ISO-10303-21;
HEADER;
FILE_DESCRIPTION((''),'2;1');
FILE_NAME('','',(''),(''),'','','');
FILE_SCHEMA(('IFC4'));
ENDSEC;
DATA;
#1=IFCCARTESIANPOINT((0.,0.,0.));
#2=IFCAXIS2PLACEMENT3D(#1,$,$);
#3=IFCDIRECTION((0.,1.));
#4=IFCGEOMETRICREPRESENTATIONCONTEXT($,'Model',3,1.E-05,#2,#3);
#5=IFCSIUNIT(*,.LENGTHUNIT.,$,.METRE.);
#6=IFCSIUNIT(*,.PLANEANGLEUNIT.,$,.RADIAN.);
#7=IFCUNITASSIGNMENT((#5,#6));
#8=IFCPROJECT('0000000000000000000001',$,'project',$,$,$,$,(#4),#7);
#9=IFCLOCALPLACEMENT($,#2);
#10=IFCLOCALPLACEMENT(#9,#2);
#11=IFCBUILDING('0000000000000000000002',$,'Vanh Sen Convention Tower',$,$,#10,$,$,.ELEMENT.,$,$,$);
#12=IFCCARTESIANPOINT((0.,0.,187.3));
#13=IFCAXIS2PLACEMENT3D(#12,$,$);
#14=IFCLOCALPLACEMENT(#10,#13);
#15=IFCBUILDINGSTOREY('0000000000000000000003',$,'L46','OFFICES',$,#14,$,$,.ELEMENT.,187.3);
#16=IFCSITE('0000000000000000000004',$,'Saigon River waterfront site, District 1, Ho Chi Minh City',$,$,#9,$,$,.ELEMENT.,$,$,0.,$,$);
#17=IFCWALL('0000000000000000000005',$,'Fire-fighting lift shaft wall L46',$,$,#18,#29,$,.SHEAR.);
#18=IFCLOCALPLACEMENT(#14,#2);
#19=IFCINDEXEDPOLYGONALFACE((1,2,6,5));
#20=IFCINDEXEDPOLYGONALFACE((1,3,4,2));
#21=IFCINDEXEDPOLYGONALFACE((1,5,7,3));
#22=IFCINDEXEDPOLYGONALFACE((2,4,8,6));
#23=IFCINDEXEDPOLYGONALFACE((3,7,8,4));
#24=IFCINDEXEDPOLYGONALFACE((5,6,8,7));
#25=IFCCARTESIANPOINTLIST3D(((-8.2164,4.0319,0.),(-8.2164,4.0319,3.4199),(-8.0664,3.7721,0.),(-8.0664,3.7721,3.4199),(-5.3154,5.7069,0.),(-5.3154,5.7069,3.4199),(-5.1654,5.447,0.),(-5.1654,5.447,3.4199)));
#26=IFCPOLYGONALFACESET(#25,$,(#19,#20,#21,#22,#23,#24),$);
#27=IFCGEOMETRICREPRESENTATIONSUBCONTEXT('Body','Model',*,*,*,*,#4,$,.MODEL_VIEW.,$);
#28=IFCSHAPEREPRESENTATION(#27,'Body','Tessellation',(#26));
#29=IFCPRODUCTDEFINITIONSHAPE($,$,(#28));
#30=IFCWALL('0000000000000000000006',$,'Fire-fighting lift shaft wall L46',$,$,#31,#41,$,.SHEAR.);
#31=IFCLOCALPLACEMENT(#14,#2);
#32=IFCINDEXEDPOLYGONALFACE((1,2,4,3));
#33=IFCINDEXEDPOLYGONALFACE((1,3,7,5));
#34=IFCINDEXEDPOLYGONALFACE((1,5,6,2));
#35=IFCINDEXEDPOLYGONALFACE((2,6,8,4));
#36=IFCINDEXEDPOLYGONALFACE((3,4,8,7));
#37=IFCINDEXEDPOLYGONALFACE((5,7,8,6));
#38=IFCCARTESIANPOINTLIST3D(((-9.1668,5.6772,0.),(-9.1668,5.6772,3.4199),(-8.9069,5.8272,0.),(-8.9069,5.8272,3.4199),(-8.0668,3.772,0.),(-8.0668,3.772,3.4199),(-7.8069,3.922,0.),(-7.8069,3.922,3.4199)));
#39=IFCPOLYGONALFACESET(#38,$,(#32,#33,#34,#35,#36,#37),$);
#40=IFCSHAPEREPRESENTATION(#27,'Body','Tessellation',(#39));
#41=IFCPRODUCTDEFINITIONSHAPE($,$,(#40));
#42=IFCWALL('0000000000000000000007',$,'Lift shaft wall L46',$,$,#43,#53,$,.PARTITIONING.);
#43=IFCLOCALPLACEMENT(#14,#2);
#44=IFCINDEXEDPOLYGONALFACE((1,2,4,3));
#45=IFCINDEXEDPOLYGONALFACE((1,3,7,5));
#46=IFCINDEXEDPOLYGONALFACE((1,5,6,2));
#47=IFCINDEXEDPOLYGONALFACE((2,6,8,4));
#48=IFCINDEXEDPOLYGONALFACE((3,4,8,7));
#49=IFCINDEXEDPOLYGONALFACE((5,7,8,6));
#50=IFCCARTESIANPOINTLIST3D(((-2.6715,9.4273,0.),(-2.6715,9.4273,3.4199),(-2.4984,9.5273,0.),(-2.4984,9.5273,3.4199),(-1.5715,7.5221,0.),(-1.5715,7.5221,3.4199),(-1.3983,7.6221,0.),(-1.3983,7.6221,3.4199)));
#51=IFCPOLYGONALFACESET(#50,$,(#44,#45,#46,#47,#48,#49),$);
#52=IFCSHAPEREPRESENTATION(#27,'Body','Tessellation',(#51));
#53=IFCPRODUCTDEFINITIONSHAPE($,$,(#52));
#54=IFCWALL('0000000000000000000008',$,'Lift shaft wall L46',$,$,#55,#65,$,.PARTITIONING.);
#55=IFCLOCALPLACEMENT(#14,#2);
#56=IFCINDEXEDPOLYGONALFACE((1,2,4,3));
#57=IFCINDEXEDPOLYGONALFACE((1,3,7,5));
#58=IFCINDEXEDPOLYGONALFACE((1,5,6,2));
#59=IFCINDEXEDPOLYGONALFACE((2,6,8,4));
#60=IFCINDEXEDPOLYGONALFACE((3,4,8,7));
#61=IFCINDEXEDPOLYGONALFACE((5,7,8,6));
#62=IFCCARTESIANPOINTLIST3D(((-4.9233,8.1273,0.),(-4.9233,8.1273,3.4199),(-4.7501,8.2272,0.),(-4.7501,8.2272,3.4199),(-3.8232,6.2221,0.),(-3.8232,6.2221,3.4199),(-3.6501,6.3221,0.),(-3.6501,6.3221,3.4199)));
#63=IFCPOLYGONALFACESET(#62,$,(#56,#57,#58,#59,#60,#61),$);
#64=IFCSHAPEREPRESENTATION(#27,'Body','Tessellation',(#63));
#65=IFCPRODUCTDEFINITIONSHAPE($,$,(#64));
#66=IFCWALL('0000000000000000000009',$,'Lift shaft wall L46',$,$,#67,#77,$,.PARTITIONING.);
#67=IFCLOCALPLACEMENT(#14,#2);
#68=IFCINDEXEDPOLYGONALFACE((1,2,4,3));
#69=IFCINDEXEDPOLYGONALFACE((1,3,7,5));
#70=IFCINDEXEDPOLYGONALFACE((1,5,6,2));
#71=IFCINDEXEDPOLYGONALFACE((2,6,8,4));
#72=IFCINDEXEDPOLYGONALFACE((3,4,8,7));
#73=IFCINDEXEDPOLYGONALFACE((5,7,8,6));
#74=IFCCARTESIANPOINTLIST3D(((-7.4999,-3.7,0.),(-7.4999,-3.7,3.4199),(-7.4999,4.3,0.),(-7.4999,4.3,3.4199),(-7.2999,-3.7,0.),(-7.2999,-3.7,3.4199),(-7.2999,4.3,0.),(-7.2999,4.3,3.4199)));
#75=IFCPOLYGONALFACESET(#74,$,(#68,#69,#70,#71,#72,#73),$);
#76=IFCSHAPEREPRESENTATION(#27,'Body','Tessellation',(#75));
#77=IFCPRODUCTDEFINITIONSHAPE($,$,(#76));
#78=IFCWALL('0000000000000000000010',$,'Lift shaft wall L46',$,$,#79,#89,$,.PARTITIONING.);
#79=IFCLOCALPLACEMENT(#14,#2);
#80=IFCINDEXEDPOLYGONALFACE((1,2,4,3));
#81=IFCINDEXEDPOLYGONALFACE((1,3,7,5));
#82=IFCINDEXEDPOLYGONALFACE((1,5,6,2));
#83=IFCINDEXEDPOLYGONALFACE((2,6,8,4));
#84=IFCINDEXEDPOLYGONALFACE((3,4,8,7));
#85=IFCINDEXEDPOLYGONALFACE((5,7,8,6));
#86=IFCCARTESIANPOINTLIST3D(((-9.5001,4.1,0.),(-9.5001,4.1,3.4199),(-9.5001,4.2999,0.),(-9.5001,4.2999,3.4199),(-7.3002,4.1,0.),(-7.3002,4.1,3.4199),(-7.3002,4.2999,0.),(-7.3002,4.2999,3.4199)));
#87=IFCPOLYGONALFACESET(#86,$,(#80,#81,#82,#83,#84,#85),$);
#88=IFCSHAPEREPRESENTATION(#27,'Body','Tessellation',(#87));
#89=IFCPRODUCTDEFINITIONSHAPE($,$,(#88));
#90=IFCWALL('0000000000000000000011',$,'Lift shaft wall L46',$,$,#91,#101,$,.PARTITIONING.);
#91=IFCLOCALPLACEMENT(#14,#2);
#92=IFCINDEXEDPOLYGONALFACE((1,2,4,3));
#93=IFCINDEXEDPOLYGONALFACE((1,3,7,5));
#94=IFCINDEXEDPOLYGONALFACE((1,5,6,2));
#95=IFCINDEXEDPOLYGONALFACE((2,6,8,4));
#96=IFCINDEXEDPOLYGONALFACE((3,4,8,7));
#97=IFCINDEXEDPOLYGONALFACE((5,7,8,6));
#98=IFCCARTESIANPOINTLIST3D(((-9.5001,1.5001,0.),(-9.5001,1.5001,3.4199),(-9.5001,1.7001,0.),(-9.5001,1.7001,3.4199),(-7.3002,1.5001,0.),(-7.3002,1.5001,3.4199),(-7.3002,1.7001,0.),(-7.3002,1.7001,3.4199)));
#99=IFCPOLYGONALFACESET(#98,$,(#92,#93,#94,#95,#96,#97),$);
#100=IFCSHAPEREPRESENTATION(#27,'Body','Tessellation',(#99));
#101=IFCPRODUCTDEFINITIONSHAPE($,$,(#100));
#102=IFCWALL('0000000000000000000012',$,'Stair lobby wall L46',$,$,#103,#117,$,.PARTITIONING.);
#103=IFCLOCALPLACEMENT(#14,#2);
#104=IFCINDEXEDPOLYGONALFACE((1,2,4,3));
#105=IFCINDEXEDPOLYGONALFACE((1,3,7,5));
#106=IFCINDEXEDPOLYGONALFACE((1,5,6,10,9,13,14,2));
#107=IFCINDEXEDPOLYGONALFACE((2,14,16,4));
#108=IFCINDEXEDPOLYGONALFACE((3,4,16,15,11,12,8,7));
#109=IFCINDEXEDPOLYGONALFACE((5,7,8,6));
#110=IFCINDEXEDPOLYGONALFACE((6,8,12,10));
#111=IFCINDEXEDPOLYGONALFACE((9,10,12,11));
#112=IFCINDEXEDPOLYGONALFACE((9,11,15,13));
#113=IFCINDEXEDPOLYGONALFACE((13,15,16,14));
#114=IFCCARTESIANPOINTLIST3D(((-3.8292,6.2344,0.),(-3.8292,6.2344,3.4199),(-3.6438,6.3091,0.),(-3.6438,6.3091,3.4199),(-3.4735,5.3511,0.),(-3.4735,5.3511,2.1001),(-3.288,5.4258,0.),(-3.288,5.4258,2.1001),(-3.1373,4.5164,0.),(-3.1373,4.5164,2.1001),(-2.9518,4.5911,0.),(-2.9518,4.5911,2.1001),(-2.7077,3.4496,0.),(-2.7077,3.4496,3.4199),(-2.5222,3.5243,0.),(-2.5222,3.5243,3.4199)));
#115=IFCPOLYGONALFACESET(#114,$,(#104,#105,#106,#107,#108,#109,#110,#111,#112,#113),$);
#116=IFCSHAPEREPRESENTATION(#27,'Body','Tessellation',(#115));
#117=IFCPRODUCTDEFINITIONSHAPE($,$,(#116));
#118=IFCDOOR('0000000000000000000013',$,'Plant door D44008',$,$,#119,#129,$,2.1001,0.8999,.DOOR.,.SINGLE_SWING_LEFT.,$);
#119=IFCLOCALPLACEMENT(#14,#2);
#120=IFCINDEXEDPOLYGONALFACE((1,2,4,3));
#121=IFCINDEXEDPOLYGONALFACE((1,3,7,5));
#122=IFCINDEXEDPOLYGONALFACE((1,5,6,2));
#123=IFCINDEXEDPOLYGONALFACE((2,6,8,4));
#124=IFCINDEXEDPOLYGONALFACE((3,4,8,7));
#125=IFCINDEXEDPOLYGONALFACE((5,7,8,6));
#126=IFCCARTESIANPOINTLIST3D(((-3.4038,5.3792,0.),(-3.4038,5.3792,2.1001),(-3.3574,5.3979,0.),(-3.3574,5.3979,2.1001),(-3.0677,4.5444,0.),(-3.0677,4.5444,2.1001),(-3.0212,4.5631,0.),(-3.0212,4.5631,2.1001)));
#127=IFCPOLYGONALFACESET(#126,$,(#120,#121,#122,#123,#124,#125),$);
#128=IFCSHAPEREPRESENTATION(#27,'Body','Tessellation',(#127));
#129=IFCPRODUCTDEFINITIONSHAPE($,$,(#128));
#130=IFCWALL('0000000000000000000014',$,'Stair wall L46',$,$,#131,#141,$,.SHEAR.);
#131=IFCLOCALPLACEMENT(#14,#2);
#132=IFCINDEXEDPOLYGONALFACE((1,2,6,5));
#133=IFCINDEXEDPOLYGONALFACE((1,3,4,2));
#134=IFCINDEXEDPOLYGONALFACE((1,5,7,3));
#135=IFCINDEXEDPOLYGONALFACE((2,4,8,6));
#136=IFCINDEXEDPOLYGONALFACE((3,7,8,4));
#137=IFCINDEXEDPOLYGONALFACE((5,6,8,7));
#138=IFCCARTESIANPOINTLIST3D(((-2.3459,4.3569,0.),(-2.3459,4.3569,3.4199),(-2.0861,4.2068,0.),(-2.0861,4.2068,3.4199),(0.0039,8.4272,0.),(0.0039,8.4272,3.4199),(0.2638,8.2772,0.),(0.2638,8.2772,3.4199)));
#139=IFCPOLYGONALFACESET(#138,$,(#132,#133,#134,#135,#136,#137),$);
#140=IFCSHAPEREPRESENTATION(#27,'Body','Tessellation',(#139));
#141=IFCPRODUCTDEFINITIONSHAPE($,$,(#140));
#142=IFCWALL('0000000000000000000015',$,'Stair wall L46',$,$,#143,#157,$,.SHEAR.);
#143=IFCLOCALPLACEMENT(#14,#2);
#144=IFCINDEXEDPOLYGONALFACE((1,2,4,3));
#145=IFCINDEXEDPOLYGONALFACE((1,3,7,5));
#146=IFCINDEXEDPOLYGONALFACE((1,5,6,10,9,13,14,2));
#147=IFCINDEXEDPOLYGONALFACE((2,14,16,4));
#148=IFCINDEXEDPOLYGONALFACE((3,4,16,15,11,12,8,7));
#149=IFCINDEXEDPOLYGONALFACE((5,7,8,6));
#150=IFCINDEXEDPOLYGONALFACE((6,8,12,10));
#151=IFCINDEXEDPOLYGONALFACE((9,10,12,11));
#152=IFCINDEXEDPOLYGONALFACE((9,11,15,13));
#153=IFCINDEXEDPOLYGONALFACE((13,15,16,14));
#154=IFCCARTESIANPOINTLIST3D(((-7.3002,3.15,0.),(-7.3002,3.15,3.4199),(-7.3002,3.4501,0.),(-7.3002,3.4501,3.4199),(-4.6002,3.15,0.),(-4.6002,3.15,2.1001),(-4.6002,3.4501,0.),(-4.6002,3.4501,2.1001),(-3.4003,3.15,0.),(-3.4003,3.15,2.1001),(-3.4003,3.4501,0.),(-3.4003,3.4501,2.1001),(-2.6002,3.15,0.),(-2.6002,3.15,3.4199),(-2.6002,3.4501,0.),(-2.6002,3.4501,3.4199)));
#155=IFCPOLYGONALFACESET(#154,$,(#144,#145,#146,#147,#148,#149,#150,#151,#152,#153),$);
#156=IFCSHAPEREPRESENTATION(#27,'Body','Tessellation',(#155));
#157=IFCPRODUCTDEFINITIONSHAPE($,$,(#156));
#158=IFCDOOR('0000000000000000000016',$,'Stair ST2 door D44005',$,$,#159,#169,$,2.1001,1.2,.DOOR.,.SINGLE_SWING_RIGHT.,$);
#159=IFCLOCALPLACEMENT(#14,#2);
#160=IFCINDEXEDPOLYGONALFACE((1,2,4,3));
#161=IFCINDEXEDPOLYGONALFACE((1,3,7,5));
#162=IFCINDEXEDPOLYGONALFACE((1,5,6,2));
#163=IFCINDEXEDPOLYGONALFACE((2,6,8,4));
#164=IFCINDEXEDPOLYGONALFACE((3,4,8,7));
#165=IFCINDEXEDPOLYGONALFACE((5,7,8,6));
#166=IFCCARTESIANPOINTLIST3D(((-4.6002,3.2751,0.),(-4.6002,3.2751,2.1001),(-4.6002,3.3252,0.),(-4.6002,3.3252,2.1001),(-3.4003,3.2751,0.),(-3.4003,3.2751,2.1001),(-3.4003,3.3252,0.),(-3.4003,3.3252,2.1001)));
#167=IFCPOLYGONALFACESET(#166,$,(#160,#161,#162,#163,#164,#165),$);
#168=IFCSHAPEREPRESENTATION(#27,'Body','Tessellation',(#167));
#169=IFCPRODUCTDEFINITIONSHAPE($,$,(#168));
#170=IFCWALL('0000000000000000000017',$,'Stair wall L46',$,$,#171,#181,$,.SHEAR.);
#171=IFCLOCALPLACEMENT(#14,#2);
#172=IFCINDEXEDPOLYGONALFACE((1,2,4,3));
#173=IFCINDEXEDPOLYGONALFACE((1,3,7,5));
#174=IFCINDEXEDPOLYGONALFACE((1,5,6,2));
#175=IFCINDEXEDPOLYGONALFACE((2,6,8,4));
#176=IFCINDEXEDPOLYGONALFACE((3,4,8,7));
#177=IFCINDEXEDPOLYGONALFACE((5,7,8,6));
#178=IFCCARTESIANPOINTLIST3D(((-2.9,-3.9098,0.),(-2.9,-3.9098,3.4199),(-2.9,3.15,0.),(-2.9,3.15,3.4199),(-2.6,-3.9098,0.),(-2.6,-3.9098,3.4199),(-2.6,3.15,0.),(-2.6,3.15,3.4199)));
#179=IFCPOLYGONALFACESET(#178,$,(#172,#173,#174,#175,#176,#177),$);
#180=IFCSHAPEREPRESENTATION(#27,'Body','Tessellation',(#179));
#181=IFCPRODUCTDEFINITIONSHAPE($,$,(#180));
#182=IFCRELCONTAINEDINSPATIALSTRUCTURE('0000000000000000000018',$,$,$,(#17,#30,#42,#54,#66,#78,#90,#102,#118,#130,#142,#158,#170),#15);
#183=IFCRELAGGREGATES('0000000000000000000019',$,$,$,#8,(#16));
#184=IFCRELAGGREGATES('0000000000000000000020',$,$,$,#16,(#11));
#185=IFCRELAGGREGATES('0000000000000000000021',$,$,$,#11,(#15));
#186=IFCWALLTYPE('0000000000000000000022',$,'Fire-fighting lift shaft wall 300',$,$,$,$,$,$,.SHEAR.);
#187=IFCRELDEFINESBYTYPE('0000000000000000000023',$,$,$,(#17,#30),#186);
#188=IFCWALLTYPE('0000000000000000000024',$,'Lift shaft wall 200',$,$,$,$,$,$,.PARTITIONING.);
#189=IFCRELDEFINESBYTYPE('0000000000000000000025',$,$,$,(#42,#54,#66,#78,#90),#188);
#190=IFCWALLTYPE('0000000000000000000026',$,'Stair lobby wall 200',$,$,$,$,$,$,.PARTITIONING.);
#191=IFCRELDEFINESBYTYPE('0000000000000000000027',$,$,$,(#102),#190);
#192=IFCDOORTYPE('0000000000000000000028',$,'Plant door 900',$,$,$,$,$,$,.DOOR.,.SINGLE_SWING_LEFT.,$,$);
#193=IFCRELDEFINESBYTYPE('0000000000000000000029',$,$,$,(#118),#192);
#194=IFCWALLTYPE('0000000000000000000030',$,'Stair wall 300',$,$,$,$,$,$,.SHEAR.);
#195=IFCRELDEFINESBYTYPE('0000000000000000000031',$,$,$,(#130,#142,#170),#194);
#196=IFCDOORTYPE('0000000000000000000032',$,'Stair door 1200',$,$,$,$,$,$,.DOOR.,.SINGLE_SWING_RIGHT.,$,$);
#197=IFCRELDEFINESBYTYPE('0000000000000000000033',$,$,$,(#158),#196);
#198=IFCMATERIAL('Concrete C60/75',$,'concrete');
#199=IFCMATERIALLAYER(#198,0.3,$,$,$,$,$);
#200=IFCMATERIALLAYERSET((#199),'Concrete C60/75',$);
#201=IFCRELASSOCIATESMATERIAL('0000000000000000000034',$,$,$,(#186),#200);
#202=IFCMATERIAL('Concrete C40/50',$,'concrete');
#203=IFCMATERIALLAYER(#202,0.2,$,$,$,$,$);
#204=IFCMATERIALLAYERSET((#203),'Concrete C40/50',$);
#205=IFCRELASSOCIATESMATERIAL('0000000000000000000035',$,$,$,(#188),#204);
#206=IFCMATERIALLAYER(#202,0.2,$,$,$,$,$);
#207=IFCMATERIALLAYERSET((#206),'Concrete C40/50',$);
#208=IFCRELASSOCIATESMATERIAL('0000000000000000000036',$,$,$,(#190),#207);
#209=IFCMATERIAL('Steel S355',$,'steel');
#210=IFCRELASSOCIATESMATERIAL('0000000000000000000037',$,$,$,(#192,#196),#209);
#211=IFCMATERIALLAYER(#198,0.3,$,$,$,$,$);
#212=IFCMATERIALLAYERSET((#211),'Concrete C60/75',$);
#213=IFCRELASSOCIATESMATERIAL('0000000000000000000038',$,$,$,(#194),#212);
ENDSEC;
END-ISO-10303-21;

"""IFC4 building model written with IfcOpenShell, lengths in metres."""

from ifc_helpers import new_model, si_unit, direction, frame, frame_2d, origin, place, context, subcontext, project, spatial, rectangle, extrude, material, layer, layer_set, type_object, element, fill, save


model = new_model("IFC4")

# Units and contexts
model_context = context("Model", 3, precision=1e-05, world=origin(), true_north=direction((0.0, 1.0)))
body_context = subcontext(model_context, "Body", "Model", "MODEL_VIEW")
ifc_project = project(units=[si_unit("LENGTHUNIT", "METRE"), si_unit("PLANEANGLEUNIT", "RADIAN")], contexts=[model_context])

# Site, building, storey
site_placement = place(None, origin())
site = spatial("IfcSite", under=ifc_project, at=site_placement, Name="Saigon River waterfront site, District 1, Ho Chi Minh City", CompositionType="ELEMENT", RefElevation=0.0)
building_placement = place(site_placement, origin())
building = spatial("IfcBuilding", under=site, at=building_placement, Name="Vanh Sen Convention Tower", CompositionType="ELEMENT")
storey_placement = place(building_placement, frame((0.0, 0.0, 187.3)))
storey = spatial("IfcBuildingStorey", under=building, at=storey_placement, Name="L46", Description="OFFICES", CompositionType="ELEMENT", Elevation=187.3)

# Shared definitions
ifc_material_1 = material(Name="Concrete C60/75", Category="concrete")
ifc_layer_1 = layer(ifc_material_1, 0.3)
ifc_layer_set_1 = layer_set([ifc_layer_1], Name="Concrete C60/75")
wall_type_1 = type_object("IfcWallType", Name="Fire-fighting lift shaft wall 300", PredefinedType="SHEAR", material=ifc_layer_set_1)

# Walls
wall_1_placement = place(storey_placement, frame((-5.2405, 5.5769, 0.0), z_axis=(0.0, 0.0, 1.0), x_axis=(-0.866014, -0.500019, 0.0)))
element("IfcWall", 1, at=wall_1_placement, inside=storey, type_object=wall_type_1, Name="Fire-fighting lift shaft wall L46", PredefinedType="SHEAR", context=body_context, shape_type="SweptSolid", body=[
    extrude(rectangle(XDim=3.3499, YDim=0.3, at=frame_2d((1.6748, 0.0))), origin(), (0.0, 0.0, 1.0), 3.4199),
])
wall_2_placement = place(storey_placement, frame((-7.9368, 3.8469, 0.0), z_axis=(0.0, 0.0, 1.0), x_axis=(-0.50003, 0.866008, 0.0)))
element("IfcWall", 2, at=wall_2_placement, inside=storey, type_object=wall_type_1, Name="Fire-fighting lift shaft wall L46", PredefinedType="SHEAR", context=body_context, shape_type="SweptSolid", body=[
    extrude(rectangle(XDim=2.2, YDim=0.3, at=frame_2d((1.1001, 0.0))), origin(), (0.0, 0.0, 1.0), 3.4199),
])
ifc_material_2 = material(Name="Concrete C40/50", Category="concrete")
ifc_layer_2 = layer(ifc_material_2, 0.2)
ifc_layer_set_2 = layer_set([ifc_layer_2], Name="Concrete C40/50")
wall_type_2 = type_object("IfcWallType", Name="Lift shaft wall 200", PredefinedType="PARTITIONING", material=ifc_layer_set_2)
for number, where, z_axis, x_axis, name in (
    (3, (-1.4849, 7.572, 0.0), (0.0, 0.0, 1.0), (-0.50003, 0.866008, 0.0), "Lift shaft wall L46"),
    (4, (-3.7366, 6.272, 0.0), (0.0, 0.0, 1.0), (-0.50003, 0.866008, 0.0), "Lift shaft wall L46"),
):
    element("IfcWall", number, at=place(storey_placement, frame(where, z_axis=z_axis, x_axis=x_axis)), inside=storey, type_object=wall_type_2, Name=name, PredefinedType="PARTITIONING", context=body_context, shape_type="SweptSolid", body=[
        extrude(rectangle(XDim=2.2, YDim=0.2, at=frame_2d((1.1001, 0.0))), origin(), (0.0, 0.0, 1.0), 3.4199),
    ])
wall_3_placement = place(storey_placement, frame((-7.3999, 4.3, 0.0), z_axis=(0.0, 0.0, 1.0), x_axis=(0.0, -1.0, 0.0)))
element("IfcWall", 5, at=wall_3_placement, inside=storey, type_object=wall_type_2, Name="Lift shaft wall L46", PredefinedType="PARTITIONING", context=body_context, shape_type="SweptSolid", body=[
    extrude(rectangle(XDim=8.0, YDim=0.2, at=frame_2d((4.0, 0.0))), origin(), (0.0, 0.0, 1.0), 3.4199),
])
for number, where, z_axis, x_axis, name in (
    (6, (-7.3, 4.2, 0.0), (0.0, 0.0, 1.0), (-1.0, 0.0, 0.0), "Lift shaft wall L46"),
    (7, (-7.3, 1.6001, 0.0), (0.0, 0.0, 1.0), (-1.0, 0.0, 0.0), "Lift shaft wall L46"),
):
    element("IfcWall", number, at=place(storey_placement, frame(where, z_axis=z_axis, x_axis=x_axis)), inside=storey, type_object=wall_type_2, Name=name, PredefinedType="PARTITIONING", context=body_context, shape_type="SweptSolid", body=[
        extrude(rectangle(XDim=2.2, YDim=0.2, at=frame_2d((1.1001, 0.0))), origin(), (0.0, 0.0, 1.0), 3.4199),
    ])

# Wall, opening, door
ifc_layer_3 = layer(ifc_material_2, 0.2)
ifc_layer_set_3 = layer_set([ifc_layer_3], Name="Concrete C40/50")
wall_type_3 = type_object("IfcWallType", Name="Stair lobby wall 200", PredefinedType="PARTITIONING", material=ifc_layer_set_3)
wall_4_placement = place(storey_placement, frame((-2.615, 3.4871, 0.0), z_axis=(0.0, 0.0, 1.0), x_axis=(-0.373577, 0.927599, 0.0)))
wall_4 = element("IfcWall", 8, at=wall_4_placement, inside=storey, type_object=wall_type_3, Name="Stair lobby wall L46", PredefinedType="PARTITIONING", context=body_context, shape_type="SweptSolid", body=[
    extrude(rectangle(XDim=3.0022, YDim=0.2, at=frame_2d((1.501, 0.0))), origin(), (0.0, 0.0, 1.0), 3.4199),
])
opening_1_placement = place(wall_4_placement, frame((1.1499, 0.0, 0.0)))
opening_1 = element("IfcOpeningElement", 9, at=opening_1_placement, cuts=wall_4, PredefinedType="OPENING", context=body_context, shape_type="SweptSolid", body=[
    extrude(rectangle(XDim=0.8999, YDim=2.1001, at=frame_2d((0.45, 1.05))), frame((0.0, 0.1099, 0.0), z_axis=(0.0, -1.0, 0.0), x_axis=(1.0, 0.0, 0.0)), (0.0, 0.0, 1.0), 0.22),
])
ifc_material_3 = material(Name="Steel S355", Category="steel")
door_type_1 = type_object("IfcDoorType", Name="Plant door 900", OperationType="SINGLE_SWING_LEFT", PredefinedType="DOOR", material=ifc_material_3)
door_1_placement = place(opening_1_placement, origin())
door_1 = element("IfcDoor", 10, at=door_1_placement, inside=storey, type_object=door_type_1, Name="Plant door D44008", OperationType="SINGLE_SWING_LEFT", OverallHeight=2.1001, OverallWidth=0.8999, PredefinedType="DOOR", context=body_context, shape_type="SweptSolid", body=[
    extrude(rectangle(XDim=0.8999, YDim=2.1001, at=frame_2d((0.45, 1.05))), frame((0.0, 0.0249, 0.0), z_axis=(0.0, -1.0, 0.0), x_axis=(1.0, 0.0, 0.0)), (0.0, 0.0, 1.0), 0.05),
])
fill(opening_1, door_1)

# Wall
ifc_layer_4 = layer(ifc_material_1, 0.3)
ifc_layer_set_4 = layer_set([ifc_layer_4], Name="Concrete C60/75")
wall_type_4 = type_object("IfcWallType", Name="Stair wall 300", PredefinedType="SHEAR", material=ifc_layer_set_4)
wall_5_placement = place(storey_placement, frame((-2.2161, 4.2817, 0.0), z_axis=(0.0, 0.0, 1.0), x_axis=(0.499977, 0.866039, 0.0)))
element("IfcWall", 11, at=wall_5_placement, inside=storey, type_object=wall_type_4, Name="Stair wall L46", PredefinedType="SHEAR", context=body_context, shape_type="SweptSolid", body=[
    extrude(rectangle(XDim=4.7, YDim=0.3, at=frame_2d((2.3501, 0.0))), origin(), (0.0, 0.0, 1.0), 3.4199),
])

# Wall, opening, door
wall_6_placement = place(storey_placement, frame((-2.6001, 3.3, 0.0), z_axis=(0.0, 0.0, 1.0), x_axis=(-1.0, 0.0, 0.0)))
wall_6 = element("IfcWall", 12, at=wall_6_placement, inside=storey, type_object=wall_type_4, Name="Stair wall L46", PredefinedType="SHEAR", context=body_context, shape_type="SweptSolid", body=[
    extrude(rectangle(XDim=4.7, YDim=0.3, at=frame_2d((2.3501, 0.0))), origin(), (0.0, 0.0, 1.0), 3.4199),
])
opening_2_placement = place(wall_6_placement, frame((0.8, 0.0, 0.0)))
opening_2 = element("IfcOpeningElement", 13, at=opening_2_placement, cuts=wall_6, PredefinedType="OPENING", context=body_context, shape_type="SweptSolid", body=[
    extrude(rectangle(XDim=1.2, YDim=2.1001, at=frame_2d((0.6001, 1.05))), frame((0.0, 0.1599, 0.0), z_axis=(0.0, -1.0, 0.0), x_axis=(1.0, 0.0, 0.0)), (0.0, 0.0, 1.0), 0.3201),
])
door_type_2 = type_object("IfcDoorType", Name="Stair door 1200", OperationType="SINGLE_SWING_RIGHT", PredefinedType="DOOR", material=ifc_material_3)
door_2_placement = place(opening_2_placement, origin())
door_2 = element("IfcDoor", 14, at=door_2_placement, inside=storey, type_object=door_type_2, Name="Stair ST2 door D44005", OperationType="SINGLE_SWING_RIGHT", OverallHeight=2.1001, OverallWidth=1.2, PredefinedType="DOOR", context=body_context, shape_type="SweptSolid", body=[
    extrude(rectangle(XDim=1.2, YDim=2.1001, at=frame_2d((0.6001, 1.05))), frame((0.0, 0.0249, 0.0), z_axis=(0.0, -1.0, 0.0), x_axis=(1.0, 0.0, 0.0)), (0.0, 0.0, 1.0), 0.05),
])
fill(opening_2, door_2)

# Wall
for number, where, z_axis, x_axis, name in (
    (15, (-2.75, 3.1499, 0.0), (0.0, 0.0, 1.0), (0.0, -1.0, 0.0), "Stair wall L46"),
):
    element("IfcWall", number, at=place(storey_placement, frame(where, z_axis=z_axis, x_axis=x_axis)), inside=storey, type_object=wall_type_4, Name=name, PredefinedType="SHEAR", context=body_context, shape_type="SweptSolid", body=[
        extrude(rectangle(XDim=7.0598, YDim=0.3, at=frame_2d((3.5298, 0.0))), origin(), (0.0, 0.0, 1.0), 3.4199),
    ])

save(model, "model.ifc")
